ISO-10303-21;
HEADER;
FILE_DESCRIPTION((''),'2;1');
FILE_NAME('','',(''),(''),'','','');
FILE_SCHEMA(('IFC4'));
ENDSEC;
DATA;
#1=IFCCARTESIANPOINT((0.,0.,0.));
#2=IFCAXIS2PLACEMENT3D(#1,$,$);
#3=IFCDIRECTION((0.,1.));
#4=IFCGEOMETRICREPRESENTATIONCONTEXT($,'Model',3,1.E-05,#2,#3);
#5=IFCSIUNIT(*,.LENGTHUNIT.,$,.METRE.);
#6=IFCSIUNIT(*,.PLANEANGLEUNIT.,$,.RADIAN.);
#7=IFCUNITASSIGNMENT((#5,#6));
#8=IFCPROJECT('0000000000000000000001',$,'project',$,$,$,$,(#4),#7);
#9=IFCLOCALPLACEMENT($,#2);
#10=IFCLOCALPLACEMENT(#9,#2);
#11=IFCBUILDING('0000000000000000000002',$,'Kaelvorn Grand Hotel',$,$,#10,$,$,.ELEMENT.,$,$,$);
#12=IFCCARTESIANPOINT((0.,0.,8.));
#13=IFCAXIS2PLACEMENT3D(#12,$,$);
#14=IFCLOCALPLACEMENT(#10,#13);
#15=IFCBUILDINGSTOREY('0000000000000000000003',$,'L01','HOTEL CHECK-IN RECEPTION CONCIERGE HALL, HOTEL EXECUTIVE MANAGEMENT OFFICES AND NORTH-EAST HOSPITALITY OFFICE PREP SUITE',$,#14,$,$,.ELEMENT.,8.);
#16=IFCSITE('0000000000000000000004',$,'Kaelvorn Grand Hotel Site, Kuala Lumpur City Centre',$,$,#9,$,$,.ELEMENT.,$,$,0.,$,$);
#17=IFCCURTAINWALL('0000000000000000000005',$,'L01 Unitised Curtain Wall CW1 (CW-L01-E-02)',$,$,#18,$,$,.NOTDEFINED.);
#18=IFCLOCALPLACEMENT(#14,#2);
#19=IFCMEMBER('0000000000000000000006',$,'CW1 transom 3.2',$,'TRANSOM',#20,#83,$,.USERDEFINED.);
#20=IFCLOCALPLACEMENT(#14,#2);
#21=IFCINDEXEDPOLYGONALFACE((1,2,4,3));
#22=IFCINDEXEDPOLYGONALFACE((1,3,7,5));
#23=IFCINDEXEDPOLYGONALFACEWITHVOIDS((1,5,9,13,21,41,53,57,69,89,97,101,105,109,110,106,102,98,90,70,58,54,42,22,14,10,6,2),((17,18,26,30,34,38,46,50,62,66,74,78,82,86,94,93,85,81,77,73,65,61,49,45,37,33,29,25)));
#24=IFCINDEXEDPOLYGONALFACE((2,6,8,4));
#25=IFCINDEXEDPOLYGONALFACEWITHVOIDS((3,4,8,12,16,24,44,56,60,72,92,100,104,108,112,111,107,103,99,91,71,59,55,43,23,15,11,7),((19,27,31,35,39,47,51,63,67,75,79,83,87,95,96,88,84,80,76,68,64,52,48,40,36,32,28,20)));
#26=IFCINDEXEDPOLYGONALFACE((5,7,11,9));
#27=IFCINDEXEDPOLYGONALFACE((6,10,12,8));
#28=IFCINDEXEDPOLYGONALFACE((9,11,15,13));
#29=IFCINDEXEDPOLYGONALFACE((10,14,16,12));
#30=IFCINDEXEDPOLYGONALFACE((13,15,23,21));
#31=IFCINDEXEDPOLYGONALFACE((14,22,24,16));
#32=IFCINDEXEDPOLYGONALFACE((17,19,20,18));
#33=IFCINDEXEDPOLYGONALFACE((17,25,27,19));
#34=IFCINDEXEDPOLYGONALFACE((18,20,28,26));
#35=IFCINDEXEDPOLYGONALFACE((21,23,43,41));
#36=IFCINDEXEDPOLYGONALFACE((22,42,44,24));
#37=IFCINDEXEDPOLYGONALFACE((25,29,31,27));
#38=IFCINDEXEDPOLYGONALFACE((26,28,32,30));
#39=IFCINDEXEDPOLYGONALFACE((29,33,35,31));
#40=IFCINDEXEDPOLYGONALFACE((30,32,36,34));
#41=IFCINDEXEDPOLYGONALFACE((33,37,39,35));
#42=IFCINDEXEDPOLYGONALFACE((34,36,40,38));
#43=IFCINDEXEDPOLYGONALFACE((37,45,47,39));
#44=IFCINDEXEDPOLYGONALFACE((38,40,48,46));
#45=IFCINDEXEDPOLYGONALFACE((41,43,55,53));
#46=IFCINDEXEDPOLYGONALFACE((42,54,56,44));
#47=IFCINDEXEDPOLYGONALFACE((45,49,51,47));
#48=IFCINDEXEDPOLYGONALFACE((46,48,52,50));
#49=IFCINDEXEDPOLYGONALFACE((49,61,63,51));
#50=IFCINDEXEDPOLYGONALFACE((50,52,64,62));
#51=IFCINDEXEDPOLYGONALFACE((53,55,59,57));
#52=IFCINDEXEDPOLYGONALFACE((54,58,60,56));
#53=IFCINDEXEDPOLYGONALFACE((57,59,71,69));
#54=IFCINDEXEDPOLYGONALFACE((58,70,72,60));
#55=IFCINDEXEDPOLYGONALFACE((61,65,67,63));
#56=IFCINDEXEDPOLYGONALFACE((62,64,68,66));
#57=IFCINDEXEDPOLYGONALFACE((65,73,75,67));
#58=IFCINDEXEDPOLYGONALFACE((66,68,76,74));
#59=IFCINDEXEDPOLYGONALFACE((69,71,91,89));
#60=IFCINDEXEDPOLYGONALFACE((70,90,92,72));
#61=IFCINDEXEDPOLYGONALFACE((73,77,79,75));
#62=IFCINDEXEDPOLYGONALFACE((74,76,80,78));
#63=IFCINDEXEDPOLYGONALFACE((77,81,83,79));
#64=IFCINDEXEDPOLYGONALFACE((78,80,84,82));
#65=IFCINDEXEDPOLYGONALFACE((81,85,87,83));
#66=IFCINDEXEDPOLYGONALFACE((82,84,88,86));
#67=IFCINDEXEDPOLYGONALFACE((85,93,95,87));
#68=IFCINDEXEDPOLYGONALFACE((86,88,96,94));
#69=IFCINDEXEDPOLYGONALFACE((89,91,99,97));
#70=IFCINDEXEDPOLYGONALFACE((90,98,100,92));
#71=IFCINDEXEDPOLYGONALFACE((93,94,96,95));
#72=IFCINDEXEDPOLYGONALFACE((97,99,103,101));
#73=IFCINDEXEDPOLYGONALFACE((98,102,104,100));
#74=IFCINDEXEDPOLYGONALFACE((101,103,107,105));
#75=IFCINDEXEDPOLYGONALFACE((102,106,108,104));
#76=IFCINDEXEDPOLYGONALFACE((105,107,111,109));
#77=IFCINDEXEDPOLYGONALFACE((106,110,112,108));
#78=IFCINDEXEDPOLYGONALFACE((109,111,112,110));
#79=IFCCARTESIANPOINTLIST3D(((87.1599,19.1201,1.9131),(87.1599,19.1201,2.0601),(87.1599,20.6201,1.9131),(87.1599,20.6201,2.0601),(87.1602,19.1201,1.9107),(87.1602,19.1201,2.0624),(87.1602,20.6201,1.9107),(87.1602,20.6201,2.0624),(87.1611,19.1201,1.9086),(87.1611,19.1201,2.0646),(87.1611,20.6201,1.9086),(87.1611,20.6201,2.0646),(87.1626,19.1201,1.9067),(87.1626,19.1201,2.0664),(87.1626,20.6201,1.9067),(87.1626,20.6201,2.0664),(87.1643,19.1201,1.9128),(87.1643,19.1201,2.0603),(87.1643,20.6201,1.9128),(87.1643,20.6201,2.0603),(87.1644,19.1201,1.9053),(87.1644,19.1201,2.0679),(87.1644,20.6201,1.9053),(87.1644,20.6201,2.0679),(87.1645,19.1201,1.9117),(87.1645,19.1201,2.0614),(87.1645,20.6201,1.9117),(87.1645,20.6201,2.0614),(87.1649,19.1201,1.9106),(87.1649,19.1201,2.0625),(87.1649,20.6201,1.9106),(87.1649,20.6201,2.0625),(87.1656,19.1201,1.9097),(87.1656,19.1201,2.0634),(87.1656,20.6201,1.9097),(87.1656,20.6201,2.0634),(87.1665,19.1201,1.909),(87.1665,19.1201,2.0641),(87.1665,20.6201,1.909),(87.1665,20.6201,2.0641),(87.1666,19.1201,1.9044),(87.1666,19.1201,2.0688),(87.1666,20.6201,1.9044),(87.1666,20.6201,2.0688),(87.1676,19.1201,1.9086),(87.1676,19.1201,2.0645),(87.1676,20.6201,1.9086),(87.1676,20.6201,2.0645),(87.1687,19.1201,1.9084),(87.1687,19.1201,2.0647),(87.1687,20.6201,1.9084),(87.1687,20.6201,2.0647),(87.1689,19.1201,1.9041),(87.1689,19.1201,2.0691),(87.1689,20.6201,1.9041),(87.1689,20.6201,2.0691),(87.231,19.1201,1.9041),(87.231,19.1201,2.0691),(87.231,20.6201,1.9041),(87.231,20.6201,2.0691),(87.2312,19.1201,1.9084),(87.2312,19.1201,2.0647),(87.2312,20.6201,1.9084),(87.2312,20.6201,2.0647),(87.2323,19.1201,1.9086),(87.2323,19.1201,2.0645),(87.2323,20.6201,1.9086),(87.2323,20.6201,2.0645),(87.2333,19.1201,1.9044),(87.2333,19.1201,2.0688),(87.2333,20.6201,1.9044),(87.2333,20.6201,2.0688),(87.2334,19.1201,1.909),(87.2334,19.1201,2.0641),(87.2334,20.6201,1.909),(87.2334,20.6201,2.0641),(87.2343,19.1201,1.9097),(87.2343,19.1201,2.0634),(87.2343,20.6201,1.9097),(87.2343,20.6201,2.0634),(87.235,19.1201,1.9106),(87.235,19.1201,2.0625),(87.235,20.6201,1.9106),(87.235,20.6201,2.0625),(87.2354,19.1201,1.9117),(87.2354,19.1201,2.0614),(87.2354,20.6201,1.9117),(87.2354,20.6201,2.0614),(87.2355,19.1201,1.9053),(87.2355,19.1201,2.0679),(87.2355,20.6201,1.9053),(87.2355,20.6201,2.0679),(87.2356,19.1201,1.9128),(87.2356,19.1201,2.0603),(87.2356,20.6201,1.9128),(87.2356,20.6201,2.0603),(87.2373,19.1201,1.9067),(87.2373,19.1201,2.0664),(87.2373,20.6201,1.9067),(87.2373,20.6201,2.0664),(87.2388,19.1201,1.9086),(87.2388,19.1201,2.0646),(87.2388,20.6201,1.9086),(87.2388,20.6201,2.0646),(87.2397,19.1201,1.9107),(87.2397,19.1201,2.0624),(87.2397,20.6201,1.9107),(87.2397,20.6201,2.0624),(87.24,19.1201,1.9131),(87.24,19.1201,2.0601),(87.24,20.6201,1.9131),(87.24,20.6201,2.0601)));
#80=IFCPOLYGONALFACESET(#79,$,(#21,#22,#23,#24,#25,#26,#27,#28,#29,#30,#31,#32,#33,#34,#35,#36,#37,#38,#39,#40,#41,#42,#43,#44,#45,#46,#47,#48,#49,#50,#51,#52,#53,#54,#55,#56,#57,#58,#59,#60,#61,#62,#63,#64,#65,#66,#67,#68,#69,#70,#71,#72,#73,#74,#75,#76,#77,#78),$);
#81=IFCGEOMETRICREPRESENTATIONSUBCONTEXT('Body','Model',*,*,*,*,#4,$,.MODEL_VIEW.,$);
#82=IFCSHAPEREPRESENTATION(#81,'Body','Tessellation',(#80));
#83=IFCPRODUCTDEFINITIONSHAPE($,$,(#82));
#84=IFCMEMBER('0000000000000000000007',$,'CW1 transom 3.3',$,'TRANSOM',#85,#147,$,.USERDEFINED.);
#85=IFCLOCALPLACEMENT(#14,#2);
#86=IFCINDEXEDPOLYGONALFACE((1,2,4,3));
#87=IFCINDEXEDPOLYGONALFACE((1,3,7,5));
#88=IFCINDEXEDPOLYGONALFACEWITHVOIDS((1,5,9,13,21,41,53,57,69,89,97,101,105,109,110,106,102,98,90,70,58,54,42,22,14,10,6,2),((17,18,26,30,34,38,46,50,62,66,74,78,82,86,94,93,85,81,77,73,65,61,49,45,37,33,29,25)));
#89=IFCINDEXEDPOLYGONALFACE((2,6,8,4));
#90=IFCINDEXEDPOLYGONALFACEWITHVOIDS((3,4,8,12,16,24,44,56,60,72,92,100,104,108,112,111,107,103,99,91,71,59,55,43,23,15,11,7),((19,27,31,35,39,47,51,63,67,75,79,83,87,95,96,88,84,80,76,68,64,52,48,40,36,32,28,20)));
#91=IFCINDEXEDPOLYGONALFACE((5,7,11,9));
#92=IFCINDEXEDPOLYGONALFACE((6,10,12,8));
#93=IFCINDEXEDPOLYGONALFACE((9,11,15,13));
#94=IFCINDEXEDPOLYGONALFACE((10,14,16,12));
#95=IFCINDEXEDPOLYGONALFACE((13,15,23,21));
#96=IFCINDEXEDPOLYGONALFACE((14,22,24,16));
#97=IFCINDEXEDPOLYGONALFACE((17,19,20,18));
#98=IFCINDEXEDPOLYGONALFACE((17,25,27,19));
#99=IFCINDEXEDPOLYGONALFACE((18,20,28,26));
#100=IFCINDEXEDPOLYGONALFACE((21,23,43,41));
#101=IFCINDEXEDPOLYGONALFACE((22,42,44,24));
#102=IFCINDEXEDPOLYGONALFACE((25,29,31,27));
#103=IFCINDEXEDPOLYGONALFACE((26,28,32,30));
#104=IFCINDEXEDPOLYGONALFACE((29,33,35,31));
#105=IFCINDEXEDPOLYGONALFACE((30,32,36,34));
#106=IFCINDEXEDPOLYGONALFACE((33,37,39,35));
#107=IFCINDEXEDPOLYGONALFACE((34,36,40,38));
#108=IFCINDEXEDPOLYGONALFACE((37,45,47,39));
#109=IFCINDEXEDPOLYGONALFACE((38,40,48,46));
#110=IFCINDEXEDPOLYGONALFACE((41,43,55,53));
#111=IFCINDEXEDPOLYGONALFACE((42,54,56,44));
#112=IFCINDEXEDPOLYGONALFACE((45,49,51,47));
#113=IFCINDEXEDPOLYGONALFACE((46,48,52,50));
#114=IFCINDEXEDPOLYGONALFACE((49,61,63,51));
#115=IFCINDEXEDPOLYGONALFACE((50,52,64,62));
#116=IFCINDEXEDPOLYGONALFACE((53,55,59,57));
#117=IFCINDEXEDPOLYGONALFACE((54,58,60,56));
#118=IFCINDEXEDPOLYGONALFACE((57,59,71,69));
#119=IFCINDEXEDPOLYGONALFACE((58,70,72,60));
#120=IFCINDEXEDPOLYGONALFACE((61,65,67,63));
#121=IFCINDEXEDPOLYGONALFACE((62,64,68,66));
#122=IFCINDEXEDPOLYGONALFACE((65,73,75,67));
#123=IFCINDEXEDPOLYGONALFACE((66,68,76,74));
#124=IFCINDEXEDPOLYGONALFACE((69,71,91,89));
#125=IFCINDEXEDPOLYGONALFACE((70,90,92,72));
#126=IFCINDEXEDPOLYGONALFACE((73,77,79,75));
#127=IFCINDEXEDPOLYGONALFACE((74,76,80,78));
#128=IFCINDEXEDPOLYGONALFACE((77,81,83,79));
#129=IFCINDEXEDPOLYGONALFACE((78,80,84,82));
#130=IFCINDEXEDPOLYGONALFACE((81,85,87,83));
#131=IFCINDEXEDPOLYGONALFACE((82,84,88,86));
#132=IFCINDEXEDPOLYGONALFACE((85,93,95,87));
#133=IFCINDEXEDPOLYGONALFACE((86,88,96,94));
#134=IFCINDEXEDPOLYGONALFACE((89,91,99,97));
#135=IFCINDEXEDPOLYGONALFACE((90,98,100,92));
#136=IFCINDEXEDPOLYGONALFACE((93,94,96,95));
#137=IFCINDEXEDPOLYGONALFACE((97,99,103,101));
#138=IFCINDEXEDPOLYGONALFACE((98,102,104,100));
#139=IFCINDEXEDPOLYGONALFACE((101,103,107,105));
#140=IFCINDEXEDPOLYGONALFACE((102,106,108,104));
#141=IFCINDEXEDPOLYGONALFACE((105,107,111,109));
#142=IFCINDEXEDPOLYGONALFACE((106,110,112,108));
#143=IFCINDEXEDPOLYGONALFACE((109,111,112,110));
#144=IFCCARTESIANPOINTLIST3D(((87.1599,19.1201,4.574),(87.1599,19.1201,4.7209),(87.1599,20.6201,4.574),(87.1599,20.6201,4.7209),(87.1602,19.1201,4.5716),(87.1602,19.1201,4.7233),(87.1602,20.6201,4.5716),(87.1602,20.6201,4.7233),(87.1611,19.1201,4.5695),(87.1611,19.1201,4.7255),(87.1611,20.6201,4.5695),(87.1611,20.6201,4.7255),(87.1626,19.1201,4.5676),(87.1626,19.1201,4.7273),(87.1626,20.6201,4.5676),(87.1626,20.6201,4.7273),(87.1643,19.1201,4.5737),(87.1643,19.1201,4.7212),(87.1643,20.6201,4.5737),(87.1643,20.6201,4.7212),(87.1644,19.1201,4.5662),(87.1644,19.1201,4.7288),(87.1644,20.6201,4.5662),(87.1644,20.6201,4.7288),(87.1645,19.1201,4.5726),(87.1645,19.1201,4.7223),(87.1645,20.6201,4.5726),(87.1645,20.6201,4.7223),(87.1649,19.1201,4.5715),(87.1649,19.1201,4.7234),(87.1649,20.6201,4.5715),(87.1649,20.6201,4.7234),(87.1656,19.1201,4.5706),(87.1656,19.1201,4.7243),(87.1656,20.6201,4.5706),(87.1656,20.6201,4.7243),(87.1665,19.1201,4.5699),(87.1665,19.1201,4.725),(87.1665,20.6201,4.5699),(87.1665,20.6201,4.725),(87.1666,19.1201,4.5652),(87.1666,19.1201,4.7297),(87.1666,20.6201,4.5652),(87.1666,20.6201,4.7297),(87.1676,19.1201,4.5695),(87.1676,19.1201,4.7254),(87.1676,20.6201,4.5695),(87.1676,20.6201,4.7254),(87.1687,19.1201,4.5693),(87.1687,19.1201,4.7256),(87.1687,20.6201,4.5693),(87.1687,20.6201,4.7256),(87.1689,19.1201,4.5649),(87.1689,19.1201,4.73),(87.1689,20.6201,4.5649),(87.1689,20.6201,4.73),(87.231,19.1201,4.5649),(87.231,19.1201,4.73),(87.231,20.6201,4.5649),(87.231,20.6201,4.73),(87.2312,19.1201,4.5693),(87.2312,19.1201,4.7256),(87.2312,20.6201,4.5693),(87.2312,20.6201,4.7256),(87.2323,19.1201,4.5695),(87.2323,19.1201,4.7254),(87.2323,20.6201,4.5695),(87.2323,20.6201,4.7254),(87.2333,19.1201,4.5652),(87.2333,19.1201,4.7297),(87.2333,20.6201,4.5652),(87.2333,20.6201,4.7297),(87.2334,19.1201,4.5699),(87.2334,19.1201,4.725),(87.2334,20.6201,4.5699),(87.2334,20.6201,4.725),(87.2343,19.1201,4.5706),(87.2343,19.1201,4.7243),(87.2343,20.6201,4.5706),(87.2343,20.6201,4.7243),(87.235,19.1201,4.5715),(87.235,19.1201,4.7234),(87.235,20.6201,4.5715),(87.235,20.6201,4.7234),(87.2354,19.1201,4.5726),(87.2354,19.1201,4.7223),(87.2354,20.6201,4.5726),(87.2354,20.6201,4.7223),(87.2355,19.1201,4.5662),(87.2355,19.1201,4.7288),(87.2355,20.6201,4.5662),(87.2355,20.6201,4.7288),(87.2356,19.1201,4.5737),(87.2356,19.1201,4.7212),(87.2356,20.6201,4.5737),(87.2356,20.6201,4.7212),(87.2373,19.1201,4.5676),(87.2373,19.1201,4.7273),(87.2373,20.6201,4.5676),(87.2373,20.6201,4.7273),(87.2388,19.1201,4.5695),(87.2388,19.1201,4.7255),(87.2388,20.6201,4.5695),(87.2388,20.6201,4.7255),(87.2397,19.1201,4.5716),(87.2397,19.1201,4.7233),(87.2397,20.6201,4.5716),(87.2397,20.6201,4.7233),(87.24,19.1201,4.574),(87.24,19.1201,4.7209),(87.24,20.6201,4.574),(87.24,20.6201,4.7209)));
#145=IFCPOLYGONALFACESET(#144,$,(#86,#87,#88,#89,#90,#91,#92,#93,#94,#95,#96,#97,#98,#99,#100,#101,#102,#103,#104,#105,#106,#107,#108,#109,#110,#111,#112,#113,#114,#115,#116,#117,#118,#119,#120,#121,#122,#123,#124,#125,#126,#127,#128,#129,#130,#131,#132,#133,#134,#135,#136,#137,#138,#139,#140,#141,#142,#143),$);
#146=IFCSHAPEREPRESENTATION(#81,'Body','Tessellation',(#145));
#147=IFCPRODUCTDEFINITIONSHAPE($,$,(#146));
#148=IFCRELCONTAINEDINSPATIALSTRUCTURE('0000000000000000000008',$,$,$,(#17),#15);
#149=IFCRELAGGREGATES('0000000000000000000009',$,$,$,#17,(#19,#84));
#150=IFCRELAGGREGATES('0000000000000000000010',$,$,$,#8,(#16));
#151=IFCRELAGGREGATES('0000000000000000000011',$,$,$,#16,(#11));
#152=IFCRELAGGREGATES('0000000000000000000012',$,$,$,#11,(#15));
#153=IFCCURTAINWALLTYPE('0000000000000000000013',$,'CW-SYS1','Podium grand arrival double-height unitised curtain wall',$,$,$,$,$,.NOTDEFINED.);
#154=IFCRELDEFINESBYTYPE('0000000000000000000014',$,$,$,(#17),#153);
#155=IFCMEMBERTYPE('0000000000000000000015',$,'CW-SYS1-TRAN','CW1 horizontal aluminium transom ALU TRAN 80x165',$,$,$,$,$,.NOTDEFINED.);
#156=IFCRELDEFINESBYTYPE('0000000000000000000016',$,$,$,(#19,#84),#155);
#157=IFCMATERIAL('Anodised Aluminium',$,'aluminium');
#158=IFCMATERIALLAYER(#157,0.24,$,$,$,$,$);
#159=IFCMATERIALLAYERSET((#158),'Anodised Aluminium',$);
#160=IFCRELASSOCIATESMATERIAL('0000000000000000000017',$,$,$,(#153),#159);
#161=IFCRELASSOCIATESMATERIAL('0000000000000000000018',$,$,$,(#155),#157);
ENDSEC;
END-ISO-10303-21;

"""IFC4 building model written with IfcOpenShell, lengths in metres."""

from ifc_helpers import new_model, si_unit, direction, frame, origin, origin_2d, place, context, subcontext, project, spatial, hollow_rectangle, extrude, material, layer, layer_set, material_profile, profile_set, type_object, element, aggregate, save


model = new_model("IFC4")

# Units and contexts
model_context = context("Model", 3, precision=1e-05, world=origin(), true_north=direction((0.0, 1.0)))
body_context = subcontext(model_context, "Body", "Model", "MODEL_VIEW")
ifc_project = project(units=[si_unit("LENGTHUNIT", "METRE"), si_unit("PLANEANGLEUNIT", "RADIAN")], contexts=[model_context])

# Site, building, storey
site_placement = place(None, origin())
site = spatial("IfcSite", under=ifc_project, at=site_placement, Name="Kaelvorn Grand Hotel Site, Kuala Lumpur City Centre", CompositionType="ELEMENT", RefElevation=0.0)
building_placement = place(site_placement, origin())
building = spatial("IfcBuilding", under=site, at=building_placement, Name="Kaelvorn Grand Hotel", CompositionType="ELEMENT")
storey_placement = place(building_placement, frame((0.0, 0.0, 8.0)))
storey = spatial("IfcBuildingStorey", under=building, at=storey_placement, Name="L01", Description="HOTEL CHECK-IN RECEPTION CONCIERGE HALL, HOTEL EXECUTIVE MANAGEMENT OFFICES AND NORTH-EAST HOSPITALITY OFFICE PREP SUITE", CompositionType="ELEMENT", Elevation=8.0)

# Curtain wall, members
ifc_material_1 = material(Name="Anodised Aluminium", Category="aluminium")
ifc_layer_1 = layer(ifc_material_1, 0.24)
ifc_layer_set_1 = layer_set([ifc_layer_1], Name="Anodised Aluminium")
curtain_wall_type = type_object("IfcCurtainWallType", Name="CW-SYS1", Description="Podium grand arrival double-height unitised curtain wall", PredefinedType="NOTDEFINED", material=ifc_layer_set_1)
curtain_wall_placement = place(storey_placement, origin())
curtain_wall = element("IfcCurtainWall", 1, at=curtain_wall_placement, inside=storey, type_object=curtain_wall_type, Name="L01 Unitised Curtain Wall CW1 (CW-L01-E-02)", PredefinedType="NOTDEFINED")
ifc_material_profile_1 = material_profile(ifc_material_1, hollow_rectangle(XDim=0.0801, YDim=0.165, WallThickness=0.0044, InnerFilletRadius=0.0044, OuterFilletRadius=0.009, at=origin_2d()), Name="ALU TRAN 80x165")
ifc_profile_set_1 = profile_set([ifc_material_profile_1], Name="Anodised Aluminium")
member_type_1 = type_object("IfcMemberType", Name="CW-SYS1-TRAN", Description="CW1 horizontal aluminium transom ALU TRAN 80x165", PredefinedType="NOTDEFINED", material=ifc_profile_set_1)
member_1_placement = place(storey_placement, frame((87.2, 19.1201, 1.9866), z_axis=(0.0, 1.0, 0.0), x_axis=(-1.0, 0.0, 0.0)))
member_1 = element("IfcMember", 2, at=member_1_placement, type_object=member_type_1, Name="CW1 transom 3.2", ObjectType="TRANSOM", PredefinedType="USERDEFINED", context=body_context, shape_type="SweptSolid", body=[
    extrude(hollow_rectangle(XDim=0.0801, YDim=0.165, WallThickness=0.0044, InnerFilletRadius=0.0044, OuterFilletRadius=0.009, at=origin_2d()), origin(), (0.0, 0.0, 1.0), 1.5),
])
member_2_placement = place(storey_placement, frame((87.2, 19.1201, 4.6475), z_axis=(0.0, 1.0, 0.0), x_axis=(-1.0, 0.0, 0.0)))
member_2 = element("IfcMember", 3, at=member_2_placement, type_object=member_type_1, Name="CW1 transom 3.3", ObjectType="TRANSOM", PredefinedType="USERDEFINED", context=body_context, shape_type="SweptSolid", body=[
    extrude(hollow_rectangle(XDim=0.0801, YDim=0.165, WallThickness=0.0044, InnerFilletRadius=0.0044, OuterFilletRadius=0.009, at=origin_2d()), origin(), (0.0, 0.0, 1.0), 1.5),
])
aggregate(curtain_wall, [member_1, member_2])

save(model, "model.ifc")
